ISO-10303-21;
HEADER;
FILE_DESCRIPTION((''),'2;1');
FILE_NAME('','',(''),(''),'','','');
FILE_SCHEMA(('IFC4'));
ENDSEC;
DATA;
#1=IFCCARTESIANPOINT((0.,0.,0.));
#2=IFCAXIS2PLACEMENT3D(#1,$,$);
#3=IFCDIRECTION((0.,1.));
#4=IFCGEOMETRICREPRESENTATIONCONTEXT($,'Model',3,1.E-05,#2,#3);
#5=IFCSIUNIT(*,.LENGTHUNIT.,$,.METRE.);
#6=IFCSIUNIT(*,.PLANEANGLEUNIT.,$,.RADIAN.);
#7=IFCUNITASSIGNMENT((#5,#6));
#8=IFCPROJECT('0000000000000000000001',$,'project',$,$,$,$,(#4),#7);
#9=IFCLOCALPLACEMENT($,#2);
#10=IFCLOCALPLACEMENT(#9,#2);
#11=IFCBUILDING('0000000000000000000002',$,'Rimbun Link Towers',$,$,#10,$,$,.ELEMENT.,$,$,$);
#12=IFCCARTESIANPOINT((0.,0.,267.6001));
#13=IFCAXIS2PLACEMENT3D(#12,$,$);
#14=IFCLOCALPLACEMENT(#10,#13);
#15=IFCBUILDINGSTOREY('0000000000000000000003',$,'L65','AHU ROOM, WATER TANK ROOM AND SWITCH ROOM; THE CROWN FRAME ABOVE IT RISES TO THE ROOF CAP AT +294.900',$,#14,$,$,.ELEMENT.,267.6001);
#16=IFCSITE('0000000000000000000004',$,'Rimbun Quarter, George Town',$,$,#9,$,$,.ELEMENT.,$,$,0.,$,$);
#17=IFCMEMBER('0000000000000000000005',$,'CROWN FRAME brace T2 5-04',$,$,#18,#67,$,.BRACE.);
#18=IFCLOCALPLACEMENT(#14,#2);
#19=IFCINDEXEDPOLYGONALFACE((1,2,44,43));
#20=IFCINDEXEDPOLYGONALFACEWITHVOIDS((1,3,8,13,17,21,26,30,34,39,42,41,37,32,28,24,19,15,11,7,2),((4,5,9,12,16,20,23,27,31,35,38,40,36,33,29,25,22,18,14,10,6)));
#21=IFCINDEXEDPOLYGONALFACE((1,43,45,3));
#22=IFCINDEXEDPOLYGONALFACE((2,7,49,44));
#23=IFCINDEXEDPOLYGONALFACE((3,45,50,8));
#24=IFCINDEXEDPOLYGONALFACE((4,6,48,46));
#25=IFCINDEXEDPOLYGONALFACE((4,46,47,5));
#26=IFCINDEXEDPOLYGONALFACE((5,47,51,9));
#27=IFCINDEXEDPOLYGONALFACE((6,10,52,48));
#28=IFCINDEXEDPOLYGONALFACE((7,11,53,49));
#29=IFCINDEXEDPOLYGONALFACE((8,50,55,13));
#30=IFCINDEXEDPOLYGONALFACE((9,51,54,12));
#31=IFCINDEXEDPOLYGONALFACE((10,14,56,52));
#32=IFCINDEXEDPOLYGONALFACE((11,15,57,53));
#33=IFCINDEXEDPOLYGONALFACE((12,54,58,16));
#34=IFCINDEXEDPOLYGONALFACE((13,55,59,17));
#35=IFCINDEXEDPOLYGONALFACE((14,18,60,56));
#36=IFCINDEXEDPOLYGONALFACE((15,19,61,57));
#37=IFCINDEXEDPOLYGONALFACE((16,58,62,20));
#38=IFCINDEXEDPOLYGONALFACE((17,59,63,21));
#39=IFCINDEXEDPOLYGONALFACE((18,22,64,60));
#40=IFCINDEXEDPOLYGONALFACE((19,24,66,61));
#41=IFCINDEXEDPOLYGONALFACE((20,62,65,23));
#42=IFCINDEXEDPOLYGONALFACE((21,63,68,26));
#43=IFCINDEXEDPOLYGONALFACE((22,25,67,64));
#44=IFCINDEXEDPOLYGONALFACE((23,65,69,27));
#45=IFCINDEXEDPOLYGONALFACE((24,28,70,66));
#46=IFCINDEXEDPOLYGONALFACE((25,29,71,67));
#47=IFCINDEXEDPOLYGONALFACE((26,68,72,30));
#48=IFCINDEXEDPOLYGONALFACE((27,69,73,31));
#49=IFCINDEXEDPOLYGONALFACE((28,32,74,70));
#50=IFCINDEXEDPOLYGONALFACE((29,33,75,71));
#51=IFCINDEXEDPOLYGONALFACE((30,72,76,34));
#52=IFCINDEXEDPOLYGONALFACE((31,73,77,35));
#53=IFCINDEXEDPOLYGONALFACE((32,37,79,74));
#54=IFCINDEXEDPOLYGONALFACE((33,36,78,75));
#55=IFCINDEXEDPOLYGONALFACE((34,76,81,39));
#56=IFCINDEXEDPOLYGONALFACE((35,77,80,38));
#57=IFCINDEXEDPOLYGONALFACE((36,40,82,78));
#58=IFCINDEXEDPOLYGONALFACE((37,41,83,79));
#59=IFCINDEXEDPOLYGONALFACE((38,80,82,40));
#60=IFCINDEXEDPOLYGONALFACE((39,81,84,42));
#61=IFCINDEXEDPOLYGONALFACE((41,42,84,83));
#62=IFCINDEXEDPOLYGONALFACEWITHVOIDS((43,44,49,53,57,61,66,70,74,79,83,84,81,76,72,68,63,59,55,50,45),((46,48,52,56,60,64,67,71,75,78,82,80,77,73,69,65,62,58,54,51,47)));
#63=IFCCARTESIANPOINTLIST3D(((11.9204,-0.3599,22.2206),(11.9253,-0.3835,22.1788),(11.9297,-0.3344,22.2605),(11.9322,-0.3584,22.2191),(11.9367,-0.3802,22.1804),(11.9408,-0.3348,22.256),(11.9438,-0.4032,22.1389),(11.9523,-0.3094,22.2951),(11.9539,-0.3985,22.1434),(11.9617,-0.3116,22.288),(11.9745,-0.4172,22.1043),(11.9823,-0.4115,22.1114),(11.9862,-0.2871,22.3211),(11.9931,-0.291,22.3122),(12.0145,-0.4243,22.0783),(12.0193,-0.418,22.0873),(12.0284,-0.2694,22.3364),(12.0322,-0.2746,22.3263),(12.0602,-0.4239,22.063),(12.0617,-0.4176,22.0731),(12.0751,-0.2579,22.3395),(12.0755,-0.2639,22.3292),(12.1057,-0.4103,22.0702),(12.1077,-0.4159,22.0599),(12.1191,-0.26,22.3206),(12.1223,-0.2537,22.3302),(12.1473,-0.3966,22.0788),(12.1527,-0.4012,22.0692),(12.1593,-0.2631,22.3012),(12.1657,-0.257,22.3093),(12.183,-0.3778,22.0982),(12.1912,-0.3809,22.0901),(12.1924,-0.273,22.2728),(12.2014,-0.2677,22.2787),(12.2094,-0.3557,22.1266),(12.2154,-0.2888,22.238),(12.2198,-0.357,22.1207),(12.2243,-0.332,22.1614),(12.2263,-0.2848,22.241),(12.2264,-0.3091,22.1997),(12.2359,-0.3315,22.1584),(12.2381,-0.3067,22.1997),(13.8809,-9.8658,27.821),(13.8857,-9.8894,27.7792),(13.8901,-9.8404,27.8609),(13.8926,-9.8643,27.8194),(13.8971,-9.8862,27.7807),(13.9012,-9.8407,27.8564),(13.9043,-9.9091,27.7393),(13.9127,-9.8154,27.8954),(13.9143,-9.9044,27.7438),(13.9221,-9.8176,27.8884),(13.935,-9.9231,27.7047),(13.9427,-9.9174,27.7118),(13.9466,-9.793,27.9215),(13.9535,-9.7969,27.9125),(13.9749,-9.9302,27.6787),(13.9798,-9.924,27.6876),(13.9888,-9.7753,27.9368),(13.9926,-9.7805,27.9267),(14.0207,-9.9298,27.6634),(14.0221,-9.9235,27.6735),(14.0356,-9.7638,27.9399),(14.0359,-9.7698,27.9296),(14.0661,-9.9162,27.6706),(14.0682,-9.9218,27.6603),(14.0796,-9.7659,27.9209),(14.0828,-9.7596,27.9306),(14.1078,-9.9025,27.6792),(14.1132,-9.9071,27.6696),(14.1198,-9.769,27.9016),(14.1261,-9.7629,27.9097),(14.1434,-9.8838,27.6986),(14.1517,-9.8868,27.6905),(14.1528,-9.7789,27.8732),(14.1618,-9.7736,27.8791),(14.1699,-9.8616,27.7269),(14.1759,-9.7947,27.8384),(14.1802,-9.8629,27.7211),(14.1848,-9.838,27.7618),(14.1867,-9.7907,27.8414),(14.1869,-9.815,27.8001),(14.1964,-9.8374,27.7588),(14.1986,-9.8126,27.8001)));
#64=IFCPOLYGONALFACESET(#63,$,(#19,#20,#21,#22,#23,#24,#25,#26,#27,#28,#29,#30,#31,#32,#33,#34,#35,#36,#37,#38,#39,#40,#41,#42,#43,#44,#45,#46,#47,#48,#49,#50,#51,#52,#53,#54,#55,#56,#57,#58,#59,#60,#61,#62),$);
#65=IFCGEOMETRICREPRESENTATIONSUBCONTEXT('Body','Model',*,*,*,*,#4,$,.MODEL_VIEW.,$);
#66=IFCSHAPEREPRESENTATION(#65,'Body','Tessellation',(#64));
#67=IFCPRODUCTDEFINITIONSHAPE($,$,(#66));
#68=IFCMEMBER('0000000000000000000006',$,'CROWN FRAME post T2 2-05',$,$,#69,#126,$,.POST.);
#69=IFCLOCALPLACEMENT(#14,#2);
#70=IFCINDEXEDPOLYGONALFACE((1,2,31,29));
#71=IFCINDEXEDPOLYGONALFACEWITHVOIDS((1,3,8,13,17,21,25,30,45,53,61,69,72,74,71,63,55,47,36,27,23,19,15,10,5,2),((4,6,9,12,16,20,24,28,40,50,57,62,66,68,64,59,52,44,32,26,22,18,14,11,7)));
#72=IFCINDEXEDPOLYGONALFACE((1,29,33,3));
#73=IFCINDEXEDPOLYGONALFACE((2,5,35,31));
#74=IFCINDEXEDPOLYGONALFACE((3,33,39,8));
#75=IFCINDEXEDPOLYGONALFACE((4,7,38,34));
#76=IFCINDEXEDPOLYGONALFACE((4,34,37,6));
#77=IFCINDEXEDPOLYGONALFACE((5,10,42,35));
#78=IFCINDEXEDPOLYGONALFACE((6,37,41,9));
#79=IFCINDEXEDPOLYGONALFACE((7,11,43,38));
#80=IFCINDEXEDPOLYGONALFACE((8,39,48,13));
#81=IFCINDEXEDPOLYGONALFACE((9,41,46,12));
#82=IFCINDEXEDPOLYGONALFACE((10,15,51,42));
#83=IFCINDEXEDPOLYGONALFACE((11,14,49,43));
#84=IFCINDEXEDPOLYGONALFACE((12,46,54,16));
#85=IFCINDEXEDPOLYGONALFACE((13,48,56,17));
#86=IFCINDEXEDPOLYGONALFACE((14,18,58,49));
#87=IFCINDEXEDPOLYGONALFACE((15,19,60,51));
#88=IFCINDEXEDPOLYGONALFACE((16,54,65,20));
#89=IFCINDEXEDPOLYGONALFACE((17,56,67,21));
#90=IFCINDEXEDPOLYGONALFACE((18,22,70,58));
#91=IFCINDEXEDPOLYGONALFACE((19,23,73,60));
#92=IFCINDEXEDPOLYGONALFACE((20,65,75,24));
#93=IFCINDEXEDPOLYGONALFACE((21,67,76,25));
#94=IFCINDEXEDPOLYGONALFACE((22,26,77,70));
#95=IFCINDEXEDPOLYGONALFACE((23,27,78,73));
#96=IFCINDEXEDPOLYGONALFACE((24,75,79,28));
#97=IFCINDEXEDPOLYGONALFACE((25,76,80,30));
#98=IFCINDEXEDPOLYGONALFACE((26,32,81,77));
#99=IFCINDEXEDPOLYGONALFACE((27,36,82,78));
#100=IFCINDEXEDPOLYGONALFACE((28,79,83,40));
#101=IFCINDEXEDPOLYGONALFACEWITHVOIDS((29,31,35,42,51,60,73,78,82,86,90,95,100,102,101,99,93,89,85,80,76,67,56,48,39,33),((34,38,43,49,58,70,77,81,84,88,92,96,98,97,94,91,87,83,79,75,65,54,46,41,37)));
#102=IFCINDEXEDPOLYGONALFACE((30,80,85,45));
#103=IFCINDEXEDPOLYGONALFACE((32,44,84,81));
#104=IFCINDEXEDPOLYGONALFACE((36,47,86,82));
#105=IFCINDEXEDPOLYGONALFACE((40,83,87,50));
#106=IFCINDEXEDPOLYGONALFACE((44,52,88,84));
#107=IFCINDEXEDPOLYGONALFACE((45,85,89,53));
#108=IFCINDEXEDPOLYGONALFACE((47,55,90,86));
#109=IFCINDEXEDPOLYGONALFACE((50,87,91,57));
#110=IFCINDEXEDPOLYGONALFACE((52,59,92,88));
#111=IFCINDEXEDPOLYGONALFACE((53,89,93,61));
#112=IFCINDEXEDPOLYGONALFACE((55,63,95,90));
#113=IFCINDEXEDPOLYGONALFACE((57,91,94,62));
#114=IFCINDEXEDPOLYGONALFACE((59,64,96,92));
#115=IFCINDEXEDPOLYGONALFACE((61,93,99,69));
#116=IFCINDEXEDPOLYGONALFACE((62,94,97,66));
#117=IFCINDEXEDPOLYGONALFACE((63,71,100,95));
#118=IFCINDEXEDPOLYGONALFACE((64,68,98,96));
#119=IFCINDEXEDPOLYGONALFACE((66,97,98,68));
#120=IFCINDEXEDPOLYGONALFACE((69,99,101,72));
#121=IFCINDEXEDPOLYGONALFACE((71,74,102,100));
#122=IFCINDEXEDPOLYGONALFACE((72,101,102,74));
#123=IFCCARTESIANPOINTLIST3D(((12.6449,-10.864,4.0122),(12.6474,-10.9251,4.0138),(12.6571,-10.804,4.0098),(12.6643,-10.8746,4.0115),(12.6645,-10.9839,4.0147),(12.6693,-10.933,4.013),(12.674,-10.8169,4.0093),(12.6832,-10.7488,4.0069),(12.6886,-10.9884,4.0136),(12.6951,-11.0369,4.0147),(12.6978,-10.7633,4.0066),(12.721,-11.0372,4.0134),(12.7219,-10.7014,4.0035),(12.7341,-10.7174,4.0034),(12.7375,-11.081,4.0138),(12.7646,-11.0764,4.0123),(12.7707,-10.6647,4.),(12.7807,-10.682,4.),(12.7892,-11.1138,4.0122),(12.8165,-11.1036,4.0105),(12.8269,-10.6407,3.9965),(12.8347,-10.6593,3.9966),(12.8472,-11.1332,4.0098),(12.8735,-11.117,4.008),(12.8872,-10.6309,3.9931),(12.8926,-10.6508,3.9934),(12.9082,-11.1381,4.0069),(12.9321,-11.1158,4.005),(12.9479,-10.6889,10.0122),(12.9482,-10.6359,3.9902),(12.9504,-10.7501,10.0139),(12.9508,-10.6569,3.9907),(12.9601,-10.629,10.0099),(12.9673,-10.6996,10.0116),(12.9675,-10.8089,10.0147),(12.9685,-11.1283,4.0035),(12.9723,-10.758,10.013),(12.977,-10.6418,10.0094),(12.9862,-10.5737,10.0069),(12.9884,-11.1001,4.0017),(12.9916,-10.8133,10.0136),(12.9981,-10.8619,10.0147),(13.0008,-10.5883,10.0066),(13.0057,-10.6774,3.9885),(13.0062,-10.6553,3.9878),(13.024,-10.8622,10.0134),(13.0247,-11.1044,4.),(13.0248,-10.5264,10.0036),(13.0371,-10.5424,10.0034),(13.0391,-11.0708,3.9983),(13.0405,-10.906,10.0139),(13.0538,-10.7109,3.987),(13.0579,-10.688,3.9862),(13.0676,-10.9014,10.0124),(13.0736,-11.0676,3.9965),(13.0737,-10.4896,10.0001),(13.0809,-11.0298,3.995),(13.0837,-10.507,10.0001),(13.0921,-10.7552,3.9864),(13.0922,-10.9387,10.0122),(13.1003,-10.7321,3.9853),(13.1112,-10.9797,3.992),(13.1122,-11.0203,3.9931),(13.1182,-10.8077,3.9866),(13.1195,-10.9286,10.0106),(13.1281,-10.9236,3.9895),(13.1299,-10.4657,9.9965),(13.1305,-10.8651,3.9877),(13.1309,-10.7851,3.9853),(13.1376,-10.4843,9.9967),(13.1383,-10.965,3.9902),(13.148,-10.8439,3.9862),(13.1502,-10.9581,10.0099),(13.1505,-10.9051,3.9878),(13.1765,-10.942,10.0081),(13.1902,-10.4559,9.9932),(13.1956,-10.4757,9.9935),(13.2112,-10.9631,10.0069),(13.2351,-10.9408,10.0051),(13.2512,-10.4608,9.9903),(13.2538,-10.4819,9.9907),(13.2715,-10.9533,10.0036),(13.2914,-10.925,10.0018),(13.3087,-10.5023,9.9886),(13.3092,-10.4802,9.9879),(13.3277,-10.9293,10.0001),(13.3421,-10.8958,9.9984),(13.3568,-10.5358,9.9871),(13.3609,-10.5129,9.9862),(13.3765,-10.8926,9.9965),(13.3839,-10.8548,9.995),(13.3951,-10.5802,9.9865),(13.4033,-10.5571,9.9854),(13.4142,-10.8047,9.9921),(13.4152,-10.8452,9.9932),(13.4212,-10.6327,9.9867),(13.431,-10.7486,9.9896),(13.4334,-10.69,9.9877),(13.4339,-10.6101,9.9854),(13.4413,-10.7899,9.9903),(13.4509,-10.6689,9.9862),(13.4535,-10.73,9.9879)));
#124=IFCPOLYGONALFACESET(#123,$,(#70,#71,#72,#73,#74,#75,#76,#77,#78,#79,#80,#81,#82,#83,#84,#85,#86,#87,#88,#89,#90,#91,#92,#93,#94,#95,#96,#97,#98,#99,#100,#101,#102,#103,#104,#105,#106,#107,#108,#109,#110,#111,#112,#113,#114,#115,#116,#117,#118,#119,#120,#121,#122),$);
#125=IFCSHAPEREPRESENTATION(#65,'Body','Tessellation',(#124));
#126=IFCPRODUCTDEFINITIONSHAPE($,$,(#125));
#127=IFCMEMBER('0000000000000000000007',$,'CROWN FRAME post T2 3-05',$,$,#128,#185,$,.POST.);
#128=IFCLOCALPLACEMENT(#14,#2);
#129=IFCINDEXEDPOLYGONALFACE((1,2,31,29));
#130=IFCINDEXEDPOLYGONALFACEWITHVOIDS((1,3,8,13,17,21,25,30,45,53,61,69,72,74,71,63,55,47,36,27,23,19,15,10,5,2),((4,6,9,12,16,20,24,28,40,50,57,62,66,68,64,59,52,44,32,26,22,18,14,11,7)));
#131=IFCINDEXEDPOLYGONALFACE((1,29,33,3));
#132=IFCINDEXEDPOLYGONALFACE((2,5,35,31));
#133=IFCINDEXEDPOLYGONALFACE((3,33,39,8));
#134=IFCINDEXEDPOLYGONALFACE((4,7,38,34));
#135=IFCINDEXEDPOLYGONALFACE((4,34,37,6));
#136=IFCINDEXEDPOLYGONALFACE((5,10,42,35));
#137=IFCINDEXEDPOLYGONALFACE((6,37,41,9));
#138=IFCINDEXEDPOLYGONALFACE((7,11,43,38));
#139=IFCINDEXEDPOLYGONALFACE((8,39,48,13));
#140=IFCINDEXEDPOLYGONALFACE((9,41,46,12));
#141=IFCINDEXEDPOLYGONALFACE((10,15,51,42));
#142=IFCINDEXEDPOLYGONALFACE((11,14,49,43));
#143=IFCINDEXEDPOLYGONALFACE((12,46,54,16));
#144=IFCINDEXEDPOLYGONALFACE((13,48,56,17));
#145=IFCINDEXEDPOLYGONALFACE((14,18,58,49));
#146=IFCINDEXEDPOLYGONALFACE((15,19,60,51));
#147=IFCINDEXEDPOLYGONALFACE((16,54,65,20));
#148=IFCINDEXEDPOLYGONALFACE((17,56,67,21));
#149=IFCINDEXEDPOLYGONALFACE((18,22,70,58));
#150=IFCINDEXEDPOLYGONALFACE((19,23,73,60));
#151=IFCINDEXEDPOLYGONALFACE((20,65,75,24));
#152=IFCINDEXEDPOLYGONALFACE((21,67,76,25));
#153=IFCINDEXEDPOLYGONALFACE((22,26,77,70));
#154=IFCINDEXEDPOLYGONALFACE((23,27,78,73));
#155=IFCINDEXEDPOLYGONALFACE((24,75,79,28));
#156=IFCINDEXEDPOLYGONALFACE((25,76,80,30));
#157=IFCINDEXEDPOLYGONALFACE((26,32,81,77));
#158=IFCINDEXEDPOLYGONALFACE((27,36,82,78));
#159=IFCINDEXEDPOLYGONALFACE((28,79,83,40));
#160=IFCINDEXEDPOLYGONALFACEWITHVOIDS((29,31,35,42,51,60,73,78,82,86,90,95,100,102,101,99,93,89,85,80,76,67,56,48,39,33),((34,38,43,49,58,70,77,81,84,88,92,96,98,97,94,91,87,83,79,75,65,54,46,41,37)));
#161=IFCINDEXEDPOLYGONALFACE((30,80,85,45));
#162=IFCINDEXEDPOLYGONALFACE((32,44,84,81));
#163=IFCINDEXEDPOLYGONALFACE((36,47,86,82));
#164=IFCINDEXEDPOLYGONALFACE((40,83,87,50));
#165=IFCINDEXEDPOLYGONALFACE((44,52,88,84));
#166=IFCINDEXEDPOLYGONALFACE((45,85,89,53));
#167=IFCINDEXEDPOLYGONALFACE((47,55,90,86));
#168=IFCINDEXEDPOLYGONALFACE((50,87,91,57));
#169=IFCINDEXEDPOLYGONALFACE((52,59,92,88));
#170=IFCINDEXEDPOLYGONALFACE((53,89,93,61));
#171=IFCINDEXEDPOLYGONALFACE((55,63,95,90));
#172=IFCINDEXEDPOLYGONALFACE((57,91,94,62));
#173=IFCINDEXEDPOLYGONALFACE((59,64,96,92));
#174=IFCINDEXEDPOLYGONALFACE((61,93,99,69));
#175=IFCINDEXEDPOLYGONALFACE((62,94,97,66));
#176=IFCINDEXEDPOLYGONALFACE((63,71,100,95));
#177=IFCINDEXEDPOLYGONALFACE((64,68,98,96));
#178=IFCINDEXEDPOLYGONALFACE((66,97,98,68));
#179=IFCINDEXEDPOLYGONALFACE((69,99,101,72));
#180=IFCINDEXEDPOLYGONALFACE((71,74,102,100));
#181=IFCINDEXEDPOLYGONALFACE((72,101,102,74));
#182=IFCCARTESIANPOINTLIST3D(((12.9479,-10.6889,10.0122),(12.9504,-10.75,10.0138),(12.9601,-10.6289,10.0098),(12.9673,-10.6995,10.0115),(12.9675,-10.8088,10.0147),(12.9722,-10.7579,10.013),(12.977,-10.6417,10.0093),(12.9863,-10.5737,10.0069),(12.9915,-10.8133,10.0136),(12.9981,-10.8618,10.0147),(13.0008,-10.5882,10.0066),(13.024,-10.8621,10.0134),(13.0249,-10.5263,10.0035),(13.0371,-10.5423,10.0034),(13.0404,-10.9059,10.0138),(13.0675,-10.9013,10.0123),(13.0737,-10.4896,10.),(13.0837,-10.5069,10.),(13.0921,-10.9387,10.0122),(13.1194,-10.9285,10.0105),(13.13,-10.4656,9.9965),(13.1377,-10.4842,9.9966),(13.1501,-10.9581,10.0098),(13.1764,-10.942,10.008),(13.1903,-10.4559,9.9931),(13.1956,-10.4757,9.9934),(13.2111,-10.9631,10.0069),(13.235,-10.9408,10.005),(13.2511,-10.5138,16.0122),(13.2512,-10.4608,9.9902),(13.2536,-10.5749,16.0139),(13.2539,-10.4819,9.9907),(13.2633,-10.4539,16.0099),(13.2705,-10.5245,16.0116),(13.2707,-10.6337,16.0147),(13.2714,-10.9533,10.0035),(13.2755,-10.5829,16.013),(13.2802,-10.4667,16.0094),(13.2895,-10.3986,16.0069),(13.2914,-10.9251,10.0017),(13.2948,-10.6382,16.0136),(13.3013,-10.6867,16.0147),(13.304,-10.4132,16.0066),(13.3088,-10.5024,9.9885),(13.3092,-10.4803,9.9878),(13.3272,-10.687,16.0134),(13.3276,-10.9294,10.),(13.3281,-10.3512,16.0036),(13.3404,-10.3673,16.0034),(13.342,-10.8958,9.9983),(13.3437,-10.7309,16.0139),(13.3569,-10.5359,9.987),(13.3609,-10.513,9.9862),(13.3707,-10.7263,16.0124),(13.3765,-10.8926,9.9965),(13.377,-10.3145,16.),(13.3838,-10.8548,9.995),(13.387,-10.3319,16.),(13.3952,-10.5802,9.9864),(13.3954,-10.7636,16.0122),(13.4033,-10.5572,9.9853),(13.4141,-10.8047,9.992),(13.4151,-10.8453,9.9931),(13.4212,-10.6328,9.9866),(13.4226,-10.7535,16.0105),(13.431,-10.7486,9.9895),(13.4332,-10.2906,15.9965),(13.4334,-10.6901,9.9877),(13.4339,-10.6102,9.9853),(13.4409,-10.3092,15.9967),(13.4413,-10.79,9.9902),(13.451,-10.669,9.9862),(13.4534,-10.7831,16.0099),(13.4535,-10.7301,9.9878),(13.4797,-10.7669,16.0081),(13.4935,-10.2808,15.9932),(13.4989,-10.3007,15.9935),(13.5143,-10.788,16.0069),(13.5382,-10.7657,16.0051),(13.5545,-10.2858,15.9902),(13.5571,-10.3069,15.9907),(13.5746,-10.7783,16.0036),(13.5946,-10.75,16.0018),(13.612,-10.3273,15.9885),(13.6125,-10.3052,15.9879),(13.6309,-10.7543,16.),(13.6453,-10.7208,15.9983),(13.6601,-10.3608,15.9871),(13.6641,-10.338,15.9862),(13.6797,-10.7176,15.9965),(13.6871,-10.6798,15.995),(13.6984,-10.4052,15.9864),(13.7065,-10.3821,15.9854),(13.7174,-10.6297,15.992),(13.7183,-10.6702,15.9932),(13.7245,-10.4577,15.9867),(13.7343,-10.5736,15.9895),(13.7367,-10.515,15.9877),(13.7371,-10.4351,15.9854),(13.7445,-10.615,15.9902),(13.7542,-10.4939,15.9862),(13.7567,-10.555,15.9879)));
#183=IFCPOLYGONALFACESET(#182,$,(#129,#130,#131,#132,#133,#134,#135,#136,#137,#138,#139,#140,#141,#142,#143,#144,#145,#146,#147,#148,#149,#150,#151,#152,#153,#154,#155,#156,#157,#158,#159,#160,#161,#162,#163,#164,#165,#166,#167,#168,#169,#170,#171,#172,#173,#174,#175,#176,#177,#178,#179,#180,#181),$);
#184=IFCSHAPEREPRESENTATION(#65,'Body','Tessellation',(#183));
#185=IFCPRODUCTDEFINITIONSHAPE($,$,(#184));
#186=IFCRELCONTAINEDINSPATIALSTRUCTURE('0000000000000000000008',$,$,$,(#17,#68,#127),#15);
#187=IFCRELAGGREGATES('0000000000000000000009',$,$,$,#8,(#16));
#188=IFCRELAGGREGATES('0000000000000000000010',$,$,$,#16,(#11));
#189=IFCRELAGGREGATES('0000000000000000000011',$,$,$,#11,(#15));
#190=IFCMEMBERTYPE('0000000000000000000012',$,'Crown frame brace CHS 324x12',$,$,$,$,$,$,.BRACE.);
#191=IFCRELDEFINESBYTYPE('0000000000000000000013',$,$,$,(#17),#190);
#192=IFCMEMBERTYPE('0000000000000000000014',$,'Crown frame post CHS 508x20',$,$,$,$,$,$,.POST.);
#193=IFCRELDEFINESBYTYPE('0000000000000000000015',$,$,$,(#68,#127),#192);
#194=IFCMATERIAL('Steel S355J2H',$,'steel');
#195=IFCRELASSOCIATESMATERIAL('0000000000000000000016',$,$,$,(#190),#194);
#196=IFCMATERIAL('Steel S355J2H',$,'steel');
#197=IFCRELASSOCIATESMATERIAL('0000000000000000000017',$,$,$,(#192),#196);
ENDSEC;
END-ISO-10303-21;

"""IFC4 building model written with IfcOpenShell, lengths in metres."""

from ifc_helpers import new_model, si_unit, direction, frame, origin, origin_2d, place, context, subcontext, project, spatial, hollow_circle, extrude, material, material_profile, profile_set, type_object, element, save


model = new_model("IFC4")

# Units and contexts
model_context = context("Model", 3, precision=1e-05, world=origin(), true_north=direction((0.0, 1.0)))
body_context = subcontext(model_context, "Body", "Model", "MODEL_VIEW")
ifc_project = project(units=[si_unit("LENGTHUNIT", "METRE"), si_unit("PLANEANGLEUNIT", "RADIAN")], contexts=[model_context])

# Site, building, storey
site_placement = place(None, origin())
site = spatial("IfcSite", under=ifc_project, at=site_placement, Name="Rimbun Quarter, George Town", CompositionType="ELEMENT", RefElevation=0.0)
building_placement = place(site_placement, origin())
building = spatial("IfcBuilding", under=site, at=building_placement, Name="Rimbun Link Towers", CompositionType="ELEMENT")
storey_placement = place(building_placement, frame((0.0, 0.0, 267.6001)))
storey = spatial("IfcBuildingStorey", under=building, at=storey_placement, Name="L65", Description="AHU ROOM, WATER TANK ROOM AND SWITCH ROOM; THE CROWN FRAME ABOVE IT RISES TO THE ROOF CAP AT +294.900", CompositionType="ELEMENT", Elevation=267.6001)

# Members
ifc_material_1 = material(Name="Steel S355J2H", Category="steel")
ifc_material_profile_1 = material_profile(ifc_material_1, hollow_circle(Radius=0.1619, WallThickness=0.012, at=origin_2d()), Name="Crown frame brace CHS 324x12")
ifc_profile_set_1 = profile_set([ifc_material_profile_1], Name="Steel S355J2H")
member_type_1 = type_object("IfcMemberType", Name="Crown frame brace CHS 324x12", PredefinedType="BRACE", material=ifc_profile_set_1)
member_1_placement = place(storey_placement, frame((12.0796, -0.3394, 22.1997), z_axis=(0.17495, -0.848303, 0.499774), x_axis=(0.979389, 0.201985, 0.0)))
element("IfcMember", 1, at=member_1_placement, inside=storey, type_object=member_type_1, Name="CROWN FRAME brace T2 5-04", PredefinedType="BRACE", context=body_context, shape_type="SweptSolid", body=[
    extrude(hollow_circle(Radius=0.1619, WallThickness=0.012, at=origin_2d()), origin(), (0.0, 0.0, 1.0), 11.2058),
])
ifc_material_2 = material(Name="Steel S355J2H", Category="steel")
ifc_material_profile_2 = material_profile(ifc_material_2, hollow_circle(Radius=0.2539, WallThickness=0.02, at=origin_2d()), Name="Crown frame post CHS 508x20")
ifc_profile_set_2 = profile_set([ifc_material_profile_2], Name="Steel S355J2H")
member_type_2 = type_object("IfcMemberType", Name="Crown frame post CHS 508x20", PredefinedType="POST", material=ifc_profile_set_2)
for number, where, z_axis, x_axis, name in (
    (2, (12.8977, -10.8845, 4.0), (0.050411, 0.029125, 0.998304), (-0.500266, 0.865872, 0.0), "CROWN FRAME post T2 2-05"),
    (3, (13.2007, -10.7095, 10.0), (0.050451, 0.029125, 0.998302), (-0.499964, 0.866046, 0.0), "CROWN FRAME post T2 3-05"),
):
    element("IfcMember", number, at=place(storey_placement, frame(where, z_axis=z_axis, x_axis=x_axis)), inside=storey, type_object=member_type_2, Name=name, PredefinedType="POST", context=body_context, shape_type="SweptSolid", body=[
        extrude(hollow_circle(Radius=0.2539, WallThickness=0.02, at=origin_2d()), origin(), (0.0, 0.0, 1.0), 6.0103),
    ])

save(model, "model.ifc")
